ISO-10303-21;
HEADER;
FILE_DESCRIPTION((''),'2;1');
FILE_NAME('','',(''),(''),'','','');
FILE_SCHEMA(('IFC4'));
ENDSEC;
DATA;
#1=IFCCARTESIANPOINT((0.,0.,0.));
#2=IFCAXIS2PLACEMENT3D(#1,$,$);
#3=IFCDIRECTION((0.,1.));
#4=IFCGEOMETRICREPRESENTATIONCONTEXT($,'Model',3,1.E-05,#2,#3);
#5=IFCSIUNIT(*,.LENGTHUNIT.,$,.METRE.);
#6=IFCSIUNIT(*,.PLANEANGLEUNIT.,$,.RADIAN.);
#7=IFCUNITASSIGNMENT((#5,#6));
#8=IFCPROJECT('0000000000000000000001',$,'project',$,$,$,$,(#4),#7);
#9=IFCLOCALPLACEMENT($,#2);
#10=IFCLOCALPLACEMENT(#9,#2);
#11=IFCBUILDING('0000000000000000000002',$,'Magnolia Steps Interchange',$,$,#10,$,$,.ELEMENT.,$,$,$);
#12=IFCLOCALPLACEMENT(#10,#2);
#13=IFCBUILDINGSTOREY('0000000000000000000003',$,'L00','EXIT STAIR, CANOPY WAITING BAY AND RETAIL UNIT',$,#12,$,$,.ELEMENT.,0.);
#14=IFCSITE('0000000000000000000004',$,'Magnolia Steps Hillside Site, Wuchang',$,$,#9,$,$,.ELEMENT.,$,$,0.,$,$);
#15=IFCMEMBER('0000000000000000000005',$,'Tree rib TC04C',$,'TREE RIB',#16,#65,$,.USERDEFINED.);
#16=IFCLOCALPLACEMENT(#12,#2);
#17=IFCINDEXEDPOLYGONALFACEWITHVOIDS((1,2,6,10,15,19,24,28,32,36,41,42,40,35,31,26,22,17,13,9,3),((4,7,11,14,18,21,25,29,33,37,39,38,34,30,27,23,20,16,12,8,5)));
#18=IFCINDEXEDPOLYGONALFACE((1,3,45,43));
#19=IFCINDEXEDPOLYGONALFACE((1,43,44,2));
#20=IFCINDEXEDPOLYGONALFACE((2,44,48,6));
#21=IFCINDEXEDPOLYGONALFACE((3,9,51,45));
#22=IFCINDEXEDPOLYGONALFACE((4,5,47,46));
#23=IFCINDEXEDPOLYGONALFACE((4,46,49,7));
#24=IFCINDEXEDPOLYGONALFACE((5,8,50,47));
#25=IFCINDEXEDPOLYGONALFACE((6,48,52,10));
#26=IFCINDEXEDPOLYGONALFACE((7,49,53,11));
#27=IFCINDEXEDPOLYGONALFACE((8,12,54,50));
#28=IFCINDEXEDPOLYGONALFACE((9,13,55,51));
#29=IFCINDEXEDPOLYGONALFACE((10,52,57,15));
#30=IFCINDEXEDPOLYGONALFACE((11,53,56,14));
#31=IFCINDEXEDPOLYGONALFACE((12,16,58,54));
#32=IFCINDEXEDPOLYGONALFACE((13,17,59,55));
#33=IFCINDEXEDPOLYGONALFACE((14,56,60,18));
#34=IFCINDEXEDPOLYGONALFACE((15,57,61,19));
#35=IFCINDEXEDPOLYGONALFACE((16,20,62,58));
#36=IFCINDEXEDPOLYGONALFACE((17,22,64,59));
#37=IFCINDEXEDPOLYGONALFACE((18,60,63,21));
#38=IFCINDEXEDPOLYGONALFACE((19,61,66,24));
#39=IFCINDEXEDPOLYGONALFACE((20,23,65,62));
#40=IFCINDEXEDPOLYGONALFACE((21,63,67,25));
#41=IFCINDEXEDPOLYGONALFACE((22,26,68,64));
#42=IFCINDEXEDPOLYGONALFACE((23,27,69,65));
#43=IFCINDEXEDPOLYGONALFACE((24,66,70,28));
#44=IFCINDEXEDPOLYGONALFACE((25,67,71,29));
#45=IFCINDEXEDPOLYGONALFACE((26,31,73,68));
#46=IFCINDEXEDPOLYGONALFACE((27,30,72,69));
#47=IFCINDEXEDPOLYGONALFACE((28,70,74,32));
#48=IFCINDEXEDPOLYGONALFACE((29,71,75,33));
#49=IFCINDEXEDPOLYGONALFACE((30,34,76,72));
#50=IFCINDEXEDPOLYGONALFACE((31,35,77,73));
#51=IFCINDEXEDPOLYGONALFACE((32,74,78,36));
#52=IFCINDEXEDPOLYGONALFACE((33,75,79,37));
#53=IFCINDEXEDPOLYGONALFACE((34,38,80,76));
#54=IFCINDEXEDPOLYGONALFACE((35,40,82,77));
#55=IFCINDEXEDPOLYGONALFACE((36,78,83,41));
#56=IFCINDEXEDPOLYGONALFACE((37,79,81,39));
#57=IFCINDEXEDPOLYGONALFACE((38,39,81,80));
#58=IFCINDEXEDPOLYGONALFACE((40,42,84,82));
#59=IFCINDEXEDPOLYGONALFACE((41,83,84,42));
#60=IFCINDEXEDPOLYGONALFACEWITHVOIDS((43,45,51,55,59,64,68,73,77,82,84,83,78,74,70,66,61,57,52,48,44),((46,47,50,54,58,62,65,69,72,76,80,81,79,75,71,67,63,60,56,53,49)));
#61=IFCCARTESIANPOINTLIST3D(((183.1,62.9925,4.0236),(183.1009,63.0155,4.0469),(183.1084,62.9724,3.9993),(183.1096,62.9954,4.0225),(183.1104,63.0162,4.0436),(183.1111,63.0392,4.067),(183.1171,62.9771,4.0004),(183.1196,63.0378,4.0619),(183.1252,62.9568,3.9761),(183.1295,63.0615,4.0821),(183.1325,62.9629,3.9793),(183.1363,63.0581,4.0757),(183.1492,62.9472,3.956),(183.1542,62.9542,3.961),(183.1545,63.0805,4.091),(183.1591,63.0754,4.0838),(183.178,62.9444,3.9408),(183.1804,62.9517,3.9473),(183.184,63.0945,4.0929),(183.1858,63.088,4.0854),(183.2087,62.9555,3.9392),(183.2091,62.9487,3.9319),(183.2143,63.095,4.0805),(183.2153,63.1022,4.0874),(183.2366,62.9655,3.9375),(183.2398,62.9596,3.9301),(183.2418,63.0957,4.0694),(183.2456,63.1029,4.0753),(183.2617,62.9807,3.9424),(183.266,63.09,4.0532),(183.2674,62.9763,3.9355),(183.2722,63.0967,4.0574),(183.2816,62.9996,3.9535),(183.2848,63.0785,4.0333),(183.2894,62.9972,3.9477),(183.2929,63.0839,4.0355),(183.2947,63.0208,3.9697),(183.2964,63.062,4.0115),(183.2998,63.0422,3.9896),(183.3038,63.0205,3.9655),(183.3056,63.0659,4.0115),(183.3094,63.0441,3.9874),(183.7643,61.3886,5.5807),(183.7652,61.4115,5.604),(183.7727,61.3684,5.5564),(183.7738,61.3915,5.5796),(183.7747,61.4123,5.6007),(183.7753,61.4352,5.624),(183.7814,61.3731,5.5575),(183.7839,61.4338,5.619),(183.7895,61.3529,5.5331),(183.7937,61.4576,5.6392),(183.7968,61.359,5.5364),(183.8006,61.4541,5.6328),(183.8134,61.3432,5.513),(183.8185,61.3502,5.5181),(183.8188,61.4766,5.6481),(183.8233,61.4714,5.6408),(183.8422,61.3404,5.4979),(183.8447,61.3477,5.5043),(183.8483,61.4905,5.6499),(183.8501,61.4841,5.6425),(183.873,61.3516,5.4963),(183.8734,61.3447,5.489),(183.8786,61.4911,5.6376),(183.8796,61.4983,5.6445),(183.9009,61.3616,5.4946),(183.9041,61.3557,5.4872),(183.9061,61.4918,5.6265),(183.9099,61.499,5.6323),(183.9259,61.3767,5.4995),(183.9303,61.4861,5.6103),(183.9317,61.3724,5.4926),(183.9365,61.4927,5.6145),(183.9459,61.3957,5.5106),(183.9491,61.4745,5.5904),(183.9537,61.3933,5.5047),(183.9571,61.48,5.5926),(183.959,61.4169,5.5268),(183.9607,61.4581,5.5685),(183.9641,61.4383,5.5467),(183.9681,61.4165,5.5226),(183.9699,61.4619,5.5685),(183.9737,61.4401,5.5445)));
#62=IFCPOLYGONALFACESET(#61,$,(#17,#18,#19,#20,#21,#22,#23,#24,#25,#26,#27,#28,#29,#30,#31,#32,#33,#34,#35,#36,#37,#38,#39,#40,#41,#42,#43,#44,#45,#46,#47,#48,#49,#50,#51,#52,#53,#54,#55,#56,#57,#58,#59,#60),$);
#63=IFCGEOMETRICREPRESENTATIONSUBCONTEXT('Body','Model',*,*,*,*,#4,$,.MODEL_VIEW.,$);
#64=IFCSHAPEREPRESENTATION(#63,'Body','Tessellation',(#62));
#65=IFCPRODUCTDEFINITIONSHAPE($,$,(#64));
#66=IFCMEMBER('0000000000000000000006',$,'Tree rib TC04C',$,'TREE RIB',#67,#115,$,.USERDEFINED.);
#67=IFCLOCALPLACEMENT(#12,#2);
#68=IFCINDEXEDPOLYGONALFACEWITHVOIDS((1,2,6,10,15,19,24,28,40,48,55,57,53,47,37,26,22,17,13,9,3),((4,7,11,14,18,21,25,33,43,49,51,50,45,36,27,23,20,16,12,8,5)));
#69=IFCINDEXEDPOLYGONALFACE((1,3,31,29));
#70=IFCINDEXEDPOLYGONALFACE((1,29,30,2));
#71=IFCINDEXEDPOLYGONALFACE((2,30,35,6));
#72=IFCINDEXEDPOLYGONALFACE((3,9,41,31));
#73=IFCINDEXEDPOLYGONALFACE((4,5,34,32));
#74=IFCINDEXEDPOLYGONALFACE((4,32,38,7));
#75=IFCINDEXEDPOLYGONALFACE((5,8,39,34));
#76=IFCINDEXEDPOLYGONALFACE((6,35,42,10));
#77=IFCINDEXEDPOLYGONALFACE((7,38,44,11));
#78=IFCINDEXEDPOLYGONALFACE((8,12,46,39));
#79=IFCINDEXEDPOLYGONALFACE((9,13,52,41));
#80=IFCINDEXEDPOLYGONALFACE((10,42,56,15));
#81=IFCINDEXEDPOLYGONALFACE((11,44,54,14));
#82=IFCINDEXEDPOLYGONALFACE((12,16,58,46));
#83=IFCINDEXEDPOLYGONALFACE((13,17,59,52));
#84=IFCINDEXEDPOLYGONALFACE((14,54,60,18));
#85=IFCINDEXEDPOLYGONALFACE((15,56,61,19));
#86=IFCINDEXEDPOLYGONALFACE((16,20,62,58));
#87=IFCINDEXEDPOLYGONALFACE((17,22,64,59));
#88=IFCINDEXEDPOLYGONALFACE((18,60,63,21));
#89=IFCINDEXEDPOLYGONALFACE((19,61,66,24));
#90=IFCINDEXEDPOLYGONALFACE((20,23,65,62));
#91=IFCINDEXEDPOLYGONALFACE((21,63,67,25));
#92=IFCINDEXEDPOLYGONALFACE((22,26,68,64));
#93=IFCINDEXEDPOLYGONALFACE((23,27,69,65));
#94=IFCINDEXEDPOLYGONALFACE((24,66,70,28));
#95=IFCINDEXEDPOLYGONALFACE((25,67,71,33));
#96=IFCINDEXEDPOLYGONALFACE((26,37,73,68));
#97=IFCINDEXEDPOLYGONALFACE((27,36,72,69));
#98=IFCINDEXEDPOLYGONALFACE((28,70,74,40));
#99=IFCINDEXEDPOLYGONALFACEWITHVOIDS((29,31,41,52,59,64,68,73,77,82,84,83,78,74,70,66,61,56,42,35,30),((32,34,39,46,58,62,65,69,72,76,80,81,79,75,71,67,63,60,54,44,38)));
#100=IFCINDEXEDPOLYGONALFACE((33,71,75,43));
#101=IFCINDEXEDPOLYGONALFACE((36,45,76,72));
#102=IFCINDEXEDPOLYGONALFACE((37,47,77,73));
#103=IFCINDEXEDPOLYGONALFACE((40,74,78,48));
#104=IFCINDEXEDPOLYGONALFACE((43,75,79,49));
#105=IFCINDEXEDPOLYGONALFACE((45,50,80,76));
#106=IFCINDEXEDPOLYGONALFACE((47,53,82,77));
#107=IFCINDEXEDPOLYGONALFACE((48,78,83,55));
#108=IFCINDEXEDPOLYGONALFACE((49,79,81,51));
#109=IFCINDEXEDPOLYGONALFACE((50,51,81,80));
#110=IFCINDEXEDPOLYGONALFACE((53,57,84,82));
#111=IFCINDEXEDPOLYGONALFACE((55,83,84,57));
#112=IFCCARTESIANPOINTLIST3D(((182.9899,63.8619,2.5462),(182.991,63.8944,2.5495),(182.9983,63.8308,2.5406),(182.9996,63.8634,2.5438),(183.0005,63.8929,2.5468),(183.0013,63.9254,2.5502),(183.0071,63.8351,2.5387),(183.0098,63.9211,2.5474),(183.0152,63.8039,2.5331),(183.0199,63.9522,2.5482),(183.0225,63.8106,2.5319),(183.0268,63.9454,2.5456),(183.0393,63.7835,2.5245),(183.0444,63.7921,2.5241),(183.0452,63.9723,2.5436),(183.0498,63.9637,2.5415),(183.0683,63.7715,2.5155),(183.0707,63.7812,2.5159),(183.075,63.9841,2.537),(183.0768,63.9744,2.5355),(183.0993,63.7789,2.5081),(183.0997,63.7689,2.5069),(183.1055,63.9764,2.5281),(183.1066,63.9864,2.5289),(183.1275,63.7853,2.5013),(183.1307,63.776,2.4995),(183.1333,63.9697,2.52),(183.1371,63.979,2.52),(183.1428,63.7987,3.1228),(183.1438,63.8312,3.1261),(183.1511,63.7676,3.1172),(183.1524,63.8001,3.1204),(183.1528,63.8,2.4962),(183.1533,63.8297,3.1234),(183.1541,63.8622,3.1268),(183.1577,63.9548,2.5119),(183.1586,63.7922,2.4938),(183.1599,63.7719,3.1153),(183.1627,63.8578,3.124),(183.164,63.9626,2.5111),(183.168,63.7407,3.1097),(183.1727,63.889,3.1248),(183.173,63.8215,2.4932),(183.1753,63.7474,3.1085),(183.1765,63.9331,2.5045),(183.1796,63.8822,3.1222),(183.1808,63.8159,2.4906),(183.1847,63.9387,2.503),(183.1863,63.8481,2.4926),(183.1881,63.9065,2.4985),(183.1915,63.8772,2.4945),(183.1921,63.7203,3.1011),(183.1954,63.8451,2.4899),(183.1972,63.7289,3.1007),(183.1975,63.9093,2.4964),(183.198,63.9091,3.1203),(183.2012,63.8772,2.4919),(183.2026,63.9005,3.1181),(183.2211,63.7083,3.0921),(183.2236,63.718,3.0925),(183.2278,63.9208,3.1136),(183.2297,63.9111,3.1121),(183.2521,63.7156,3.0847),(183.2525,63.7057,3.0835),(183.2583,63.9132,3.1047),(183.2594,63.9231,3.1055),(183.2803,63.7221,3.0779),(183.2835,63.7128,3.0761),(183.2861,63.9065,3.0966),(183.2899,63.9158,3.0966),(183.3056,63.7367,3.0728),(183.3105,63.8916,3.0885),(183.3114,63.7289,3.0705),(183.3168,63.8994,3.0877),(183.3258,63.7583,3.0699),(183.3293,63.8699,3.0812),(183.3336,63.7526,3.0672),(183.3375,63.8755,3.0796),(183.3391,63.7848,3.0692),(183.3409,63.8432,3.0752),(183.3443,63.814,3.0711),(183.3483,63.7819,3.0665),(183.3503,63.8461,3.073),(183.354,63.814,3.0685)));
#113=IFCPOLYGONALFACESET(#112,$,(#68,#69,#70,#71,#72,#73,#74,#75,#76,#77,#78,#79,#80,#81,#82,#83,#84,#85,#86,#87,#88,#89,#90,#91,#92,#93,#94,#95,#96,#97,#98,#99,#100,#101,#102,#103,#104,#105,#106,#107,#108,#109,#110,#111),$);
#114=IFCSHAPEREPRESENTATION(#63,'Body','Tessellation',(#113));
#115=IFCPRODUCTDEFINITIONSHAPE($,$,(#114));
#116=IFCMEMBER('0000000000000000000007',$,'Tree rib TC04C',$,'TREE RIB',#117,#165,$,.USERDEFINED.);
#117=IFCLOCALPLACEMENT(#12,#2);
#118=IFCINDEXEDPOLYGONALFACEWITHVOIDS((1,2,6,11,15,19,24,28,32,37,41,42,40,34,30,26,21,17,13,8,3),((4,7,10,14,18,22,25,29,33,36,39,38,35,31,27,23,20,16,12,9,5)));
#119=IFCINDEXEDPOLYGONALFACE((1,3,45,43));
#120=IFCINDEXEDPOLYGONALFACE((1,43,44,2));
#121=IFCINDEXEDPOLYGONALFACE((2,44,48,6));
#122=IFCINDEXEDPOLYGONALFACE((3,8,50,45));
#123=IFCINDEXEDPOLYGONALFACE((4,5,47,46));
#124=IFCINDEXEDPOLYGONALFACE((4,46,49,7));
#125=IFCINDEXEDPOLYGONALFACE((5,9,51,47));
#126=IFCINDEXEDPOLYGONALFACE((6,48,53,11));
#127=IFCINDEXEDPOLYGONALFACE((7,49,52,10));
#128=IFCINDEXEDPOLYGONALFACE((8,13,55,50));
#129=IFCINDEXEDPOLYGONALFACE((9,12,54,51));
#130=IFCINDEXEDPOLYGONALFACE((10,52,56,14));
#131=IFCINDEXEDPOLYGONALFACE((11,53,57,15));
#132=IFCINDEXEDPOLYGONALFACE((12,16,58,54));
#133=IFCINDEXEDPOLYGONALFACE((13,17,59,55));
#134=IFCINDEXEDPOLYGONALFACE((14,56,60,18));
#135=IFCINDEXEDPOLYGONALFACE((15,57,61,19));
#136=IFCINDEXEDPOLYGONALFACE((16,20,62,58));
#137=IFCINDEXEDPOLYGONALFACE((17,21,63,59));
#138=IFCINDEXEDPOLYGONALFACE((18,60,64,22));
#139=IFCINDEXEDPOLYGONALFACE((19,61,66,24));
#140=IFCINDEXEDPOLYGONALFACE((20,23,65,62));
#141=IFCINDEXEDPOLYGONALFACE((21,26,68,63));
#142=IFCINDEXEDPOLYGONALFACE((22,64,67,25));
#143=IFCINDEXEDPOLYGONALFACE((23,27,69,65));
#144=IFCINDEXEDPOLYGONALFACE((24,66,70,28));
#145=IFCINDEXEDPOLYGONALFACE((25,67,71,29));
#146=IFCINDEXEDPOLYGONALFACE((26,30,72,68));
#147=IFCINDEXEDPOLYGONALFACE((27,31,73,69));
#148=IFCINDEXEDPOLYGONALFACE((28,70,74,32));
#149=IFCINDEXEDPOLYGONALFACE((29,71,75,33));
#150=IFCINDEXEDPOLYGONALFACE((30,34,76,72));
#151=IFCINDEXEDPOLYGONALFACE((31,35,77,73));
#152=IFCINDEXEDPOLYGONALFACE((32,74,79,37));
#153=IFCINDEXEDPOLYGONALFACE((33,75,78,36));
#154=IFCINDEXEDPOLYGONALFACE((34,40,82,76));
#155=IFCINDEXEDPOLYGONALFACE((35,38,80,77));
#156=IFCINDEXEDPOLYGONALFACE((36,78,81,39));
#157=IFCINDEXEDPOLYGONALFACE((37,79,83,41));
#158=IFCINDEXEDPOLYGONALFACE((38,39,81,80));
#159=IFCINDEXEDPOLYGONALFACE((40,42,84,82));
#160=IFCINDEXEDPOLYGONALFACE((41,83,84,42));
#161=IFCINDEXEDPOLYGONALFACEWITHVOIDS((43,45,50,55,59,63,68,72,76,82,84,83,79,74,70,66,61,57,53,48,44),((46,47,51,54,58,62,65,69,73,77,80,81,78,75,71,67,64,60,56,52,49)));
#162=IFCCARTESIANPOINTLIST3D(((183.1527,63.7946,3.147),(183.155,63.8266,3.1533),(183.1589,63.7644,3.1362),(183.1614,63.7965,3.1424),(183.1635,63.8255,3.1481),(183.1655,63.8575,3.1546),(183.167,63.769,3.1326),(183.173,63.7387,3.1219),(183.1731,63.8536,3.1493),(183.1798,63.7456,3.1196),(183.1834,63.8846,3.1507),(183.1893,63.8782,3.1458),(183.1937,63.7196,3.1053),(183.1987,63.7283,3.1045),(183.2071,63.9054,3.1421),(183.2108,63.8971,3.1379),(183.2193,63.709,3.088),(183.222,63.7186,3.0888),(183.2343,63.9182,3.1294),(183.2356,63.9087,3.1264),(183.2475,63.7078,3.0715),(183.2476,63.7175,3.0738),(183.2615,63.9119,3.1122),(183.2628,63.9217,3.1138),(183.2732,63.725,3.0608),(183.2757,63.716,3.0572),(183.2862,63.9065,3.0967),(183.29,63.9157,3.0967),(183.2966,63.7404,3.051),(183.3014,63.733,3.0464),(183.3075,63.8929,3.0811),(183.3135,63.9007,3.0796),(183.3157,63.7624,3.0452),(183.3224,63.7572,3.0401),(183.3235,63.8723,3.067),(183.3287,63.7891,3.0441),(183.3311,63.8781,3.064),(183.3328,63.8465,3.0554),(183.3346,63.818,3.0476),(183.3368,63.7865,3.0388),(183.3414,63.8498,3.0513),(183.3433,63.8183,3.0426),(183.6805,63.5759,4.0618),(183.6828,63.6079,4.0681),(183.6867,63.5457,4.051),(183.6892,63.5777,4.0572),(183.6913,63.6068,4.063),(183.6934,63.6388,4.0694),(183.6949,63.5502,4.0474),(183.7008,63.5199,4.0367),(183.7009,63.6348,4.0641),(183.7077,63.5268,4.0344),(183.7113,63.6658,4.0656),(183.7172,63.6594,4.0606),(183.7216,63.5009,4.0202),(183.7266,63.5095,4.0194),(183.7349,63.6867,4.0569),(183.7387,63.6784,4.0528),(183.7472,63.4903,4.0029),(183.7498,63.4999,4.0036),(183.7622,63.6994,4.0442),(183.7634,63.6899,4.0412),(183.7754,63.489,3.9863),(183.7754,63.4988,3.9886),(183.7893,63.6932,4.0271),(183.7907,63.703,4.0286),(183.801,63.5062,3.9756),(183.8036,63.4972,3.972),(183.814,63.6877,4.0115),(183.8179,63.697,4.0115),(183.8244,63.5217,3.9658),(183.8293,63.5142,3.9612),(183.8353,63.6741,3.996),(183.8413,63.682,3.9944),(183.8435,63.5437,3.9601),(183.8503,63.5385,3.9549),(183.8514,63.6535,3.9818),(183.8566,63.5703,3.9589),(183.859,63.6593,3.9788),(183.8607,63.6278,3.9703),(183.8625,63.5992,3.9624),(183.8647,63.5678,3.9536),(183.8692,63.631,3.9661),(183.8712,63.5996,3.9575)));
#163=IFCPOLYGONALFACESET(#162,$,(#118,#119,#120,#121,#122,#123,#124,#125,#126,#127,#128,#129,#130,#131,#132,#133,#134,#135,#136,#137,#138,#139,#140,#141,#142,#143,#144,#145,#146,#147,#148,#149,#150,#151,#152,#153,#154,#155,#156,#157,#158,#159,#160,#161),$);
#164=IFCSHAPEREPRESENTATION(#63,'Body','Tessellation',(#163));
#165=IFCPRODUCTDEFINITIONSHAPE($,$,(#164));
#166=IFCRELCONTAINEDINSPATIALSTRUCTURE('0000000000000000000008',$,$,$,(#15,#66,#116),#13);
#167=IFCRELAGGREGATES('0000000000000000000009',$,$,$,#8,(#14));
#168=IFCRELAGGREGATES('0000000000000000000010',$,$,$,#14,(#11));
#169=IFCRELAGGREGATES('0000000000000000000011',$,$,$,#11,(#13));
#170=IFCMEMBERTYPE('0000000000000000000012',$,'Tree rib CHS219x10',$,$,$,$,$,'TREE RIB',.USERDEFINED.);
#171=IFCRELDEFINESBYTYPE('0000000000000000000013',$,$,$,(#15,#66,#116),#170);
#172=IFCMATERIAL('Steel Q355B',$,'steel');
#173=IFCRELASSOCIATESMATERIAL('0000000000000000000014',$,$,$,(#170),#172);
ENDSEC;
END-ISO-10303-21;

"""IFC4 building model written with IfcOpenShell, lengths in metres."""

from ifc_helpers import new_model, si_unit, direction, frame, origin, origin_2d, place, context, subcontext, project, spatial, hollow_circle, extrude, material, material_profile, profile_set, type_object, element, save


model = new_model("IFC4")

# Units and contexts
model_context = context("Model", 3, precision=1e-05, world=origin(), true_north=direction((0.0, 1.0)))
body_context = subcontext(model_context, "Body", "Model", "MODEL_VIEW")
ifc_project = project(units=[si_unit("LENGTHUNIT", "METRE"), si_unit("PLANEANGLEUNIT", "RADIAN")], contexts=[model_context])

# Site, building, storey
site_placement = place(None, origin())
site = spatial("IfcSite", under=ifc_project, at=site_placement, Name="Magnolia Steps Hillside Site, Wuchang", CompositionType="ELEMENT", RefElevation=0.0)
building_placement = place(site_placement, origin())
building = spatial("IfcBuilding", under=site, at=building_placement, Name="Magnolia Steps Interchange", CompositionType="ELEMENT")
storey_placement = place(building_placement, origin())
storey = spatial("IfcBuildingStorey", under=building, at=storey_placement, Name="L00", Description="EXIT STAIR, CANOPY WAITING BAY AND RETAIL UNIT", CompositionType="ELEMENT", Elevation=0.0)

# Members
ifc_material_1 = material(Name="Steel Q355B", Category="steel")
ifc_material_profile_1 = material_profile(ifc_material_1, hollow_circle(Radius=0.1096, WallThickness=0.01, at=origin_2d()), Name="CHS219x10")
ifc_profile_set_1 = profile_set([ifc_material_profile_1], Name="Steel Q355B")
member_type = type_object("IfcMemberType", Name="Tree rib CHS219x10", ElementType="TREE RIB", PredefinedType="USERDEFINED", material=ifc_profile_set_1)
member_1_placement = place(storey_placement, frame((183.2043, 63.0239, 4.0115), z_axis=(0.284851, -0.687788, 0.667688), x_axis=(0.923899, 0.382637, 0.0)))
element("IfcMember", 1, at=member_1_placement, inside=storey, type_object=member_type, Name="Tree rib TC04C", ObjectType="TREE RIB", PredefinedType="USERDEFINED", context=body_context, shape_type="SweptSolid", body=[
    extrude(hollow_circle(Radius=0.1096, WallThickness=0.01, at=origin_2d()), origin(), (0.0, 0.0, 1.0), 2.332),
])
member_2_placement = place(storey_placement, frame((183.0952, 63.8777, 2.52), z_axis=(0.254758, -0.105403, 0.961243), x_axis=(0.382308, 0.924035, 0.0)))
element("IfcMember", 2, at=member_2_placement, inside=storey, type_object=member_type, Name="Tree rib TC04C", ObjectType="TREE RIB", PredefinedType="USERDEFINED", context=body_context, shape_type="SweptSolid", body=[
    extrude(hollow_circle(Radius=0.1096, WallThickness=0.01, at=origin_2d()), origin(), (0.0, 0.0, 1.0), 0.5999),
])
member_3_placement = place(storey_placement, frame((183.248, 63.8145, 3.0967), z_axis=(0.489382, -0.202815, 0.848157), x_axis=(0.382855, 0.923808, 0.0)))
element("IfcMember", 3, at=member_3_placement, inside=storey, type_object=member_type, Name="Tree rib TC04C", ObjectType="TREE RIB", PredefinedType="USERDEFINED", context=body_context, shape_type="SweptSolid", body=[
    extrude(hollow_circle(Radius=0.1096, WallThickness=0.01, at=origin_2d()), origin(), (0.0, 0.0, 1.0), 1.0786),
])

save(model, "model.ifc")
